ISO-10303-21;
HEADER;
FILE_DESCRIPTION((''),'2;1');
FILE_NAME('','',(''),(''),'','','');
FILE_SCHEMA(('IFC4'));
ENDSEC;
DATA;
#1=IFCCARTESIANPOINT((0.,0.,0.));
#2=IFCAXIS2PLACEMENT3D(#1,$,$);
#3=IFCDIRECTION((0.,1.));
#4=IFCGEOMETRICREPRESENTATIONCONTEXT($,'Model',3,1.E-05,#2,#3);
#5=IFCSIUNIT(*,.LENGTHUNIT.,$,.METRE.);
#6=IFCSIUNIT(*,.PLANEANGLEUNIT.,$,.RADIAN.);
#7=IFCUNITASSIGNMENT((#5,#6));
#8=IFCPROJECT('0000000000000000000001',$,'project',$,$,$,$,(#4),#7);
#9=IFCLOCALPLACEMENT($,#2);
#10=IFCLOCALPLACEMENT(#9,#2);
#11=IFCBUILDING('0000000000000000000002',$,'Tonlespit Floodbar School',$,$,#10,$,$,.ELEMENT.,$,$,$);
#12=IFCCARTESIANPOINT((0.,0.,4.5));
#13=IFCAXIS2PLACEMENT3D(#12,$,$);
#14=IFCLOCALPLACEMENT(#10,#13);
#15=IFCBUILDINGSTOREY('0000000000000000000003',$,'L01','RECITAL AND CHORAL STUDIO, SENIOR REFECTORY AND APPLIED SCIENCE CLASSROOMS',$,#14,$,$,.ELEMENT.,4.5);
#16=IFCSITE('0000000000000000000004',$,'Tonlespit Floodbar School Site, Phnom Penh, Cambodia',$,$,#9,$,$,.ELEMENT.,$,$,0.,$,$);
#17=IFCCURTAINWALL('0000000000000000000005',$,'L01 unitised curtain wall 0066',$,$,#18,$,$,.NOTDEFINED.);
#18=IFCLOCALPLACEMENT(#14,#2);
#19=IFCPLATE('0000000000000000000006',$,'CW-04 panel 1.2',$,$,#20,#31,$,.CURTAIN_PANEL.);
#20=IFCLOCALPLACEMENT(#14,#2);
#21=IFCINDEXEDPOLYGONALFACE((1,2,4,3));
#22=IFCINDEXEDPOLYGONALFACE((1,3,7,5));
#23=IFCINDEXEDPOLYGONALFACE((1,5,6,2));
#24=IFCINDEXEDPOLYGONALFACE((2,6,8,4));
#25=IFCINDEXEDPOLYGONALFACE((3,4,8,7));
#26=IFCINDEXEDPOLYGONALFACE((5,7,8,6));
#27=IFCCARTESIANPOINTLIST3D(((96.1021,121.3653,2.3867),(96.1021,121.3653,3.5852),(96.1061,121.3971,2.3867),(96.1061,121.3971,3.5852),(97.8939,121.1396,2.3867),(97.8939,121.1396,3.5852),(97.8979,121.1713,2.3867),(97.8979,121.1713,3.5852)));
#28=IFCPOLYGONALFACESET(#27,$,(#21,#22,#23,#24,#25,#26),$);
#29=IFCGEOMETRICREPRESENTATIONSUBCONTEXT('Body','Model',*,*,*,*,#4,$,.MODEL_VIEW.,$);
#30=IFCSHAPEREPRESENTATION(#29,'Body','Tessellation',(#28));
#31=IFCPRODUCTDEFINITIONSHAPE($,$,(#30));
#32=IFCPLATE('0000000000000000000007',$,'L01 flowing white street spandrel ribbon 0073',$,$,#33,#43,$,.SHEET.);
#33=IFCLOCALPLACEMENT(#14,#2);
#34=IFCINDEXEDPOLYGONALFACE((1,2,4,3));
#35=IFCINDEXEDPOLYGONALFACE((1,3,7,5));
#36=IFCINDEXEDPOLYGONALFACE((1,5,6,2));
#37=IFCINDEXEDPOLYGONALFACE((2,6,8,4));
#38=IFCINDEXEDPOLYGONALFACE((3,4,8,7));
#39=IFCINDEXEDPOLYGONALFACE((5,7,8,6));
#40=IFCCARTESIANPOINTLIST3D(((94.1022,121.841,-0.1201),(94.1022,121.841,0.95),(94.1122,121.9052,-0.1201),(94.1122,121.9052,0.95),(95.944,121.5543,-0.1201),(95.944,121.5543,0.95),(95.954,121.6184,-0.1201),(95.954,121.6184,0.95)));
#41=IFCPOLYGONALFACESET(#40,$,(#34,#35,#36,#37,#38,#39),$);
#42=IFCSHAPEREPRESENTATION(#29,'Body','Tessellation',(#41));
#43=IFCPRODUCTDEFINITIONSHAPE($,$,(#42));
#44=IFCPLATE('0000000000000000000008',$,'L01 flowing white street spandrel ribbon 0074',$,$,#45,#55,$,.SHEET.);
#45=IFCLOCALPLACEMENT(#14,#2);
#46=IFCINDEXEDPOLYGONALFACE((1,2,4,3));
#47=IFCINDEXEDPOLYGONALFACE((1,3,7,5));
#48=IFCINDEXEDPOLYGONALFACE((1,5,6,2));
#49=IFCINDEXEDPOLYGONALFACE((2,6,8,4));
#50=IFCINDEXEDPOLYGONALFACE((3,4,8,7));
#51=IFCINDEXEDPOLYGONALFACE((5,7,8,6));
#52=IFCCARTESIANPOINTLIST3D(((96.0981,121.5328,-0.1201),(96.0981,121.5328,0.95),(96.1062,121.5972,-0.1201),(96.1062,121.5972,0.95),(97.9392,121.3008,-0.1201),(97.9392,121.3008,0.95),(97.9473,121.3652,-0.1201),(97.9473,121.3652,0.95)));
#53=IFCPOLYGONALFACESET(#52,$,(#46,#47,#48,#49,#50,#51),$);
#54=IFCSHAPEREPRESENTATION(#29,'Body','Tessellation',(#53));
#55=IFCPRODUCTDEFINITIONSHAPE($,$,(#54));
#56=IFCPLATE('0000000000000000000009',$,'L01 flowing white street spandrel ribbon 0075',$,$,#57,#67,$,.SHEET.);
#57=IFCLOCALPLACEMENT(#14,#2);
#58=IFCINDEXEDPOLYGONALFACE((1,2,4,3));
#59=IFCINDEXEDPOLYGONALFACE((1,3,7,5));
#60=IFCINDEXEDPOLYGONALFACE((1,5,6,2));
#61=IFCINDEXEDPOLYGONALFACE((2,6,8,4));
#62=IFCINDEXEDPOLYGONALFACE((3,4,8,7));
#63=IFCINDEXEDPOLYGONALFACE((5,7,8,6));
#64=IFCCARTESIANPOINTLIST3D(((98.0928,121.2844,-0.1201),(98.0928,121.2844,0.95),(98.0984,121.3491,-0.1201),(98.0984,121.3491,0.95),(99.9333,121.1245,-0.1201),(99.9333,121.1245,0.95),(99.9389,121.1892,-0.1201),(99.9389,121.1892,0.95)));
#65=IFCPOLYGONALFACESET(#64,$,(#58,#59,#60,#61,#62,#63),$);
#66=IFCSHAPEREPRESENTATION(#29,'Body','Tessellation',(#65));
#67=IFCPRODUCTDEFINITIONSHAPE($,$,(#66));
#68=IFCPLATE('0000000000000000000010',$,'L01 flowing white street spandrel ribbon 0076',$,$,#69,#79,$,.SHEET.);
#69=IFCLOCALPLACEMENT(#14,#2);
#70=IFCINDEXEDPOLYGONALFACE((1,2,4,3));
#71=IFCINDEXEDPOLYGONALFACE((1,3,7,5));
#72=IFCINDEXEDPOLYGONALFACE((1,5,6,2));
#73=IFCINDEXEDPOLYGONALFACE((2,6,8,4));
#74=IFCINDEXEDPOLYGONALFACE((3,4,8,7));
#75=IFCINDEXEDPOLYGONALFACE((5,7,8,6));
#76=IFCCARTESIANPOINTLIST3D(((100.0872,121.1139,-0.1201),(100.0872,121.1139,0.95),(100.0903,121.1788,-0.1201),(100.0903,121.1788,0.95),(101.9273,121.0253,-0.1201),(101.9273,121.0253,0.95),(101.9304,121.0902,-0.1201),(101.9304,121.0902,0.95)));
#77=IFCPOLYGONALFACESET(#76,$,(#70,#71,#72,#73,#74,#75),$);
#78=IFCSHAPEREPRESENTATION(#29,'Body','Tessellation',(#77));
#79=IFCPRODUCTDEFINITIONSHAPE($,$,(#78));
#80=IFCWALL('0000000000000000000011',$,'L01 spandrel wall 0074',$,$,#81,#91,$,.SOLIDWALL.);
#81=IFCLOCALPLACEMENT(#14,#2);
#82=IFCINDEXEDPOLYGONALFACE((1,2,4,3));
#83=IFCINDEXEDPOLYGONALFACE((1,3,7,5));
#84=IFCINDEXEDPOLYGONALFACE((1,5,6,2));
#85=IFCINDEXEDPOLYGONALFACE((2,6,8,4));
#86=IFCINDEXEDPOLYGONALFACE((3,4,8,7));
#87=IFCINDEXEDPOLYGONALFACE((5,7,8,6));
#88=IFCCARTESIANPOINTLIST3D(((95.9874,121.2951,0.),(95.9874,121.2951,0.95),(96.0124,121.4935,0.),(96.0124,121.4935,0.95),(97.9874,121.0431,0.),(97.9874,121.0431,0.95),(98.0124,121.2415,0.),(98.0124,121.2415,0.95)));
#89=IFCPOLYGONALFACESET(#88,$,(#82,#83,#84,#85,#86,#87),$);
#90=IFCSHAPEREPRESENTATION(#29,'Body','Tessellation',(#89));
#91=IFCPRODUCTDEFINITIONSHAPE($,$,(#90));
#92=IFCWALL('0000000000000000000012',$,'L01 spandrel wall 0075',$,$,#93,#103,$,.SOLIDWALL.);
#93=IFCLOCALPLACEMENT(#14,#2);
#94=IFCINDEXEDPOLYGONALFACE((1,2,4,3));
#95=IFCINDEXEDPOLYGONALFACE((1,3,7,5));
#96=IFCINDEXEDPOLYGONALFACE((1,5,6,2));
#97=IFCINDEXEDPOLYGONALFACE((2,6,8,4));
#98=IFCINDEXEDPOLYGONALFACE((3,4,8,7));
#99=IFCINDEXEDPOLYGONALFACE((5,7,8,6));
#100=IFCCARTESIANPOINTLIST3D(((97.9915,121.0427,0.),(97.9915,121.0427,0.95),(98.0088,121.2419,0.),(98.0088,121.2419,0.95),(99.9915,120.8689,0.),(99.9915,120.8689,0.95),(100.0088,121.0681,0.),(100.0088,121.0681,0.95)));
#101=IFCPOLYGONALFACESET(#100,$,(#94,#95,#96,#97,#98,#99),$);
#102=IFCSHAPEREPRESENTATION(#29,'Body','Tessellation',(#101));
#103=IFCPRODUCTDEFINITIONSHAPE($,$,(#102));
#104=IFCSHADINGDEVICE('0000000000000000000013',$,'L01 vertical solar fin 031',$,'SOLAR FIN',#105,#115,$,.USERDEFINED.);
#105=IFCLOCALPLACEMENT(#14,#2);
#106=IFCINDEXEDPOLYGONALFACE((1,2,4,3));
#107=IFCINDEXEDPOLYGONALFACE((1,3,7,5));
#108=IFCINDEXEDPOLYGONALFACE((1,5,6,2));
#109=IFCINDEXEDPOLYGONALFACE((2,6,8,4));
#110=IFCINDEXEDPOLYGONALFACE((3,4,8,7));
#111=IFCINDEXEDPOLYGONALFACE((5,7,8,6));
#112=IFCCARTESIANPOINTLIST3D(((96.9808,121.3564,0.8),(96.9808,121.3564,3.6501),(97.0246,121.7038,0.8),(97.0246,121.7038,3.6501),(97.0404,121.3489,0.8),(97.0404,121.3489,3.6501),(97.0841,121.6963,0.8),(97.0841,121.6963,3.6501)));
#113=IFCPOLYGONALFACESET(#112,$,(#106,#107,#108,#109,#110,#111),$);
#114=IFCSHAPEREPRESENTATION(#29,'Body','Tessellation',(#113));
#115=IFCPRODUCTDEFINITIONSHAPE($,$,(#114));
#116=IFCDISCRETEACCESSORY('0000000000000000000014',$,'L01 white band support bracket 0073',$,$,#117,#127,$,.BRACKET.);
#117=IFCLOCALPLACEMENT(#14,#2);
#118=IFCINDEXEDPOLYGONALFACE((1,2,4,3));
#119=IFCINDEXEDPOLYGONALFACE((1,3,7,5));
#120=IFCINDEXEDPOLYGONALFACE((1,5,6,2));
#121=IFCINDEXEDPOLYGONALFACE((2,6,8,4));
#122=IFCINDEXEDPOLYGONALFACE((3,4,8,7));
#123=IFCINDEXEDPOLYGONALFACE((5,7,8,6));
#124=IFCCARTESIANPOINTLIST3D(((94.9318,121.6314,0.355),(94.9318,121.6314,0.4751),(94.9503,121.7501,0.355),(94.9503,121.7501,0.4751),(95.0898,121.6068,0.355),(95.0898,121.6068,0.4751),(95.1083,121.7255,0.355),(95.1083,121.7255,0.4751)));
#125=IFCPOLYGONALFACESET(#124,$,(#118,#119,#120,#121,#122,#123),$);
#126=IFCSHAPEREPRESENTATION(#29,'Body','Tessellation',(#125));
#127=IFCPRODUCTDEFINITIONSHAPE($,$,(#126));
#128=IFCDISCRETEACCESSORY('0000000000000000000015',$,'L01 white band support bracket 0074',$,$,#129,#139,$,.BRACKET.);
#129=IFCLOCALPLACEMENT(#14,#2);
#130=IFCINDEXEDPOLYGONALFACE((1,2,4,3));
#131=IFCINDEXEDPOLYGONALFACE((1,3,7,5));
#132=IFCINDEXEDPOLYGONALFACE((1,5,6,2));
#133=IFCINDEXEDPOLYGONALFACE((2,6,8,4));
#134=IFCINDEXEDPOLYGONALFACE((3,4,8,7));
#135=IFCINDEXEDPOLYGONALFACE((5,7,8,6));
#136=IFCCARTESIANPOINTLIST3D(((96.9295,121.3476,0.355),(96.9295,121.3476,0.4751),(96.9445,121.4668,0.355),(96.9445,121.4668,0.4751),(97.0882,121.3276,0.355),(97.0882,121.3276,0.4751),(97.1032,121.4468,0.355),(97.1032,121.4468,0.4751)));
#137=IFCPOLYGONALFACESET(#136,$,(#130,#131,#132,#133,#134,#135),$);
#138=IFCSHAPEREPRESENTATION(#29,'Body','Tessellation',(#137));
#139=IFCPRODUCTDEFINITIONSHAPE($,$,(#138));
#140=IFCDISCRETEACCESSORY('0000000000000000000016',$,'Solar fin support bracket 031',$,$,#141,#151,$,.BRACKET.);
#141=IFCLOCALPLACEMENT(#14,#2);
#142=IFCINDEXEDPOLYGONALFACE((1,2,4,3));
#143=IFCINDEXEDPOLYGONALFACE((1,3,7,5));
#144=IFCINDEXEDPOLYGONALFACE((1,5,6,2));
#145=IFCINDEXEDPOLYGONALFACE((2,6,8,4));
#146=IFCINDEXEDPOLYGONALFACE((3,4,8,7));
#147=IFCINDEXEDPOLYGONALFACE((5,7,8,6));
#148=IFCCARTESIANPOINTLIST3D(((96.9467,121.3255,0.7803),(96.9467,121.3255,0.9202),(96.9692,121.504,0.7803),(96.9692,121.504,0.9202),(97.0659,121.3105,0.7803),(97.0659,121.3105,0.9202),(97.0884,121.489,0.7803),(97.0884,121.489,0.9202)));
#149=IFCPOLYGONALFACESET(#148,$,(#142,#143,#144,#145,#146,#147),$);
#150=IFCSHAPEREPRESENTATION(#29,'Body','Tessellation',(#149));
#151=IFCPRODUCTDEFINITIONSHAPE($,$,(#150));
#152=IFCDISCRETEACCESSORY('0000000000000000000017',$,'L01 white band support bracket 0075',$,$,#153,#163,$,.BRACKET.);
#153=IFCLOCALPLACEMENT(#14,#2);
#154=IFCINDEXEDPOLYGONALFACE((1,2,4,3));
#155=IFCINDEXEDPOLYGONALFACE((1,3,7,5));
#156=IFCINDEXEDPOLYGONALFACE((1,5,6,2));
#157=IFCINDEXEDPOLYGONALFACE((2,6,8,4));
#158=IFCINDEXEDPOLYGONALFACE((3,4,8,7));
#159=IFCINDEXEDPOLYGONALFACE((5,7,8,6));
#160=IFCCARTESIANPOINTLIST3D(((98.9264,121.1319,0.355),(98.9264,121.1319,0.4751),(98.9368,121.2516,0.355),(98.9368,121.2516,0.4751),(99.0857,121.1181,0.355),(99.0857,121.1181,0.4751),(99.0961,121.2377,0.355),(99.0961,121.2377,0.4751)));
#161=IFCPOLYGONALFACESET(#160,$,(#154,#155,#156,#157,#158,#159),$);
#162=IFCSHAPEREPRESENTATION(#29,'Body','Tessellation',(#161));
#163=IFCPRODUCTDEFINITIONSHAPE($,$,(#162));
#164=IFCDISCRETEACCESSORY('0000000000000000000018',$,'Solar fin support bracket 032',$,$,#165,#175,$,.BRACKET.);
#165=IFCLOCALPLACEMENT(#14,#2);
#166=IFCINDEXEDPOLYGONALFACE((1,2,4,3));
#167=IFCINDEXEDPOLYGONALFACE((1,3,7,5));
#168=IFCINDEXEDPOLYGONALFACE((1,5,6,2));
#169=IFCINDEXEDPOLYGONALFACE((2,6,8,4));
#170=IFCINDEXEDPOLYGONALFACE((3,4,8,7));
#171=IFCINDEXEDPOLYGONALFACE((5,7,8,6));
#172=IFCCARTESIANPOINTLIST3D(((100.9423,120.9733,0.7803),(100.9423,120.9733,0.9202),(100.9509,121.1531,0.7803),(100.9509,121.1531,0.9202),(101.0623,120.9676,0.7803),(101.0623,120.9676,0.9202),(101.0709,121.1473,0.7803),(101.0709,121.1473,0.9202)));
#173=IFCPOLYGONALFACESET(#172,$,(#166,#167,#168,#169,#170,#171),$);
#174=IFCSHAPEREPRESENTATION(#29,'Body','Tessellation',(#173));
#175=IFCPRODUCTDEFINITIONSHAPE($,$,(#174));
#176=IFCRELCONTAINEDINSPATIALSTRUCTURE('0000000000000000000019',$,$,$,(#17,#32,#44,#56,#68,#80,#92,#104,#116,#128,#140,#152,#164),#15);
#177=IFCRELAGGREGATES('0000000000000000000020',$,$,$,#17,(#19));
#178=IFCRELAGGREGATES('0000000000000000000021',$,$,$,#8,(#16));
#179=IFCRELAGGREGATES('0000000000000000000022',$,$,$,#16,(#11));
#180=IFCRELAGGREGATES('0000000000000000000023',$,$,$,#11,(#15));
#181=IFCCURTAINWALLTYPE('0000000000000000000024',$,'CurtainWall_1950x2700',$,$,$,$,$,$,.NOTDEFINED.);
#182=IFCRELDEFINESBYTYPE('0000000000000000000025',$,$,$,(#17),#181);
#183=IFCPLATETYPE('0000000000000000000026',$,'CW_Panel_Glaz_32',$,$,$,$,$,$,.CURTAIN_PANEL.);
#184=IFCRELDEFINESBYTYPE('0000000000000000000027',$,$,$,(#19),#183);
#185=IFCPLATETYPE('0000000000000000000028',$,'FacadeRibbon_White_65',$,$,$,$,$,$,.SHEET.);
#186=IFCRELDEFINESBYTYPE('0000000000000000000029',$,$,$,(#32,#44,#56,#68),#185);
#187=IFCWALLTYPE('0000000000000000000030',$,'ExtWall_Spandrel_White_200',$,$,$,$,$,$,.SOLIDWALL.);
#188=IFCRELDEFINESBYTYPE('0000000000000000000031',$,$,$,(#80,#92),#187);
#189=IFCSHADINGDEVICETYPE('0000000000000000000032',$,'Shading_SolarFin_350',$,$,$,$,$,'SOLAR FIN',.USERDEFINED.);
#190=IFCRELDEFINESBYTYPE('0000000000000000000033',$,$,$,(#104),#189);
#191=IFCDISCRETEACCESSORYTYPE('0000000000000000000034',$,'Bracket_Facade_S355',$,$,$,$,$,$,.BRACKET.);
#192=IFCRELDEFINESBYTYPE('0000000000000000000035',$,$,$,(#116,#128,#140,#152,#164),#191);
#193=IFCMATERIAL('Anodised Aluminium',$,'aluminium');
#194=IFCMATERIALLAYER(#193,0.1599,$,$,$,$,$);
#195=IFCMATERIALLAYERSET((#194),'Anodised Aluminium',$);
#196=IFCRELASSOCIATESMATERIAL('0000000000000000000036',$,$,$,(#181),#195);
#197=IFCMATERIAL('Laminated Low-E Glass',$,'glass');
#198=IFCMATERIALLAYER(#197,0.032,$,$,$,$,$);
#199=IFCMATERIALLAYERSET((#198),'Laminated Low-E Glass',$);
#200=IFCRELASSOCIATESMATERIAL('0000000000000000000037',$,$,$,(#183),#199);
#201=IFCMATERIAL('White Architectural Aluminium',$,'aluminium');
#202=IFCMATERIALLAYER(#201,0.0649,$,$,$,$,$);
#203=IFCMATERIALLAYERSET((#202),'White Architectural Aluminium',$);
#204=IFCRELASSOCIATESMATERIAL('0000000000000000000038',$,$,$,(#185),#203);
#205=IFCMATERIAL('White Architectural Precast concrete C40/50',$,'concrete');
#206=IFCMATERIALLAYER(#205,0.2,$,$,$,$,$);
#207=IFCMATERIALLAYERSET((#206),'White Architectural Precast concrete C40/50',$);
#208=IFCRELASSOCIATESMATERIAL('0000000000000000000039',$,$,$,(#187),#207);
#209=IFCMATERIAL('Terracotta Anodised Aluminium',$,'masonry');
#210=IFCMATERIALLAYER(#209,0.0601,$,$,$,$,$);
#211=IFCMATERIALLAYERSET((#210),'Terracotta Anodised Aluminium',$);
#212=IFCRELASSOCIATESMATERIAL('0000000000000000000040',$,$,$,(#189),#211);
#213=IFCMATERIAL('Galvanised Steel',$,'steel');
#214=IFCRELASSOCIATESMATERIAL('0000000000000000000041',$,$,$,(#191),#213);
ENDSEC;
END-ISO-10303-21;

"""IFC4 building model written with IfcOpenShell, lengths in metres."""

from ifc_helpers import new_model, si_unit, direction, frame, frame_2d, origin, origin_2d, place, context, subcontext, project, spatial, rectangle, extrude, material, layer, layer_set, type_object, element, aggregate, save


model = new_model("IFC4")

# Units and contexts
model_context = context("Model", 3, precision=1e-05, world=origin(), true_north=direction((0.0, 1.0)))
body_context = subcontext(model_context, "Body", "Model", "MODEL_VIEW")
ifc_project = project(units=[si_unit("LENGTHUNIT", "METRE"), si_unit("PLANEANGLEUNIT", "RADIAN")], contexts=[model_context])

# Site, building, storey
site_placement = place(None, origin())
site = spatial("IfcSite", under=ifc_project, at=site_placement, Name="Tonlespit Floodbar School Site, Phnom Penh, Cambodia", CompositionType="ELEMENT", RefElevation=0.0)
building_placement = place(site_placement, origin())
building = spatial("IfcBuilding", under=site, at=building_placement, Name="Tonlespit Floodbar School", CompositionType="ELEMENT")
storey_placement = place(building_placement, frame((0.0, 0.0, 4.5)))
storey = spatial("IfcBuildingStorey", under=building, at=storey_placement, Name="L01", Description="RECITAL AND CHORAL STUDIO, SENIOR REFECTORY AND APPLIED SCIENCE CLASSROOMS", CompositionType="ELEMENT", Elevation=4.5)

# Curtain wall
ifc_material_1 = material(Name="Anodised Aluminium", Category="aluminium")
ifc_layer_1 = layer(ifc_material_1, 0.1599)
ifc_layer_set_1 = layer_set([ifc_layer_1], Name="Anodised Aluminium")
curtain_wall_type = type_object("IfcCurtainWallType", Name="CurtainWall_1950x2700", PredefinedType="NOTDEFINED", material=ifc_layer_set_1)
curtain_wall_1_placement = place(storey_placement, origin())
curtain_wall_1 = element("IfcCurtainWall", 1, at=curtain_wall_1_placement, inside=storey, type_object=curtain_wall_type, Name="L01 unitised curtain wall 0066", PredefinedType="NOTDEFINED")

# Plate
ifc_material_2 = material(Name="Laminated Low-E Glass", Category="glass")
ifc_layer_2 = layer(ifc_material_2, 0.032)
ifc_layer_set_2 = layer_set([ifc_layer_2], Name="Laminated Low-E Glass")
plate_type_1 = type_object("IfcPlateType", Name="CW_Panel_Glaz_32", PredefinedType="CURTAIN_PANEL", material=ifc_layer_set_2)
plate_1_placement = place(storey_placement, frame((97.0, 121.2683, 2.3867), z_axis=(0.0, 0.0, 1.0), x_axis=(0.992155, -0.125014, 0.0)))
plate_1 = element("IfcPlate", 2, at=plate_1_placement, type_object=plate_type_1, Name="CW-04 panel 1.2", PredefinedType="CURTAIN_PANEL", context=body_context, shape_type="SweptSolid", body=[
    extrude(rectangle(XDim=1.8059, YDim=0.032, at=origin_2d()), origin(), (0.0, 0.0, 1.0), 1.1985),
])
aggregate(curtain_wall_1, [plate_1])

# Plates
ifc_material_3 = material(Name="White Architectural Aluminium", Category="aluminium")
ifc_layer_3 = layer(ifc_material_3, 0.0649)
ifc_layer_set_3 = layer_set([ifc_layer_3], Name="White Architectural Aluminium")
plate_type_2 = type_object("IfcPlateType", Name="FacadeRibbon_White_65", PredefinedType="SHEET", material=ifc_layer_set_3)
plate_2_placement = place(storey_placement, frame((95.0281, 121.7297, -0.1201), z_axis=(0.0, 0.0, 1.0), x_axis=(0.988095, -0.153846, 0.0)))
element("IfcPlate", 3, at=plate_2_placement, inside=storey, type_object=plate_type_2, Name="L01 flowing white street spandrel ribbon 0073", PredefinedType="SHEET", context=body_context, shape_type="SweptSolid", body=[
    extrude(rectangle(XDim=1.864, YDim=0.0649, at=origin_2d()), origin(), (0.0, 0.0, 1.0), 1.0701),
])
plate_3_placement = place(storey_placement, frame((97.0227, 121.449, -0.1201), z_axis=(0.0, 0.0, 1.0), x_axis=(0.992155, -0.125011, 0.0)))
element("IfcPlate", 4, at=plate_3_placement, inside=storey, type_object=plate_type_2, Name="L01 flowing white street spandrel ribbon 0074", PredefinedType="SHEET", context=body_context, shape_type="SweptSolid", body=[
    extrude(rectangle(XDim=1.8557, YDim=0.0649, at=origin_2d()), origin(), (0.0, 0.0, 1.0), 1.0701),
])
plate_4_placement = place(storey_placement, frame((99.0159, 121.2368, -0.1201), z_axis=(0.0, 0.0, 1.0), x_axis=(0.996245, -0.086573, 0.0)))
element("IfcPlate", 5, at=plate_4_placement, inside=storey, type_object=plate_type_2, Name="L01 flowing white street spandrel ribbon 0075", PredefinedType="SHEET", context=body_context, shape_type="SweptSolid", body=[
    extrude(rectangle(XDim=1.8474, YDim=0.0649, at=origin_2d()), origin(), (0.0, 0.0, 1.0), 1.0701),
])
plate_5_placement = place(storey_placement, frame((101.0088, 121.1021, -0.1201), z_axis=(0.0, 0.0, 1.0), x_axis=(0.998843, -0.048095, 0.0)))
element("IfcPlate", 6, at=plate_5_placement, inside=storey, type_object=plate_type_2, Name="L01 flowing white street spandrel ribbon 0076", PredefinedType="SHEET", context=body_context, shape_type="SweptSolid", body=[
    extrude(rectangle(XDim=1.8423, YDim=0.0649, at=origin_2d()), origin(), (0.0, 0.0, 1.0), 1.0701),
])

# Walls
ifc_material_4 = material(Name="White Architectural Precast concrete C40/50", Category="concrete")
ifc_layer_4 = layer(ifc_material_4, 0.2)
ifc_layer_set_4 = layer_set([ifc_layer_4], Name="White Architectural Precast concrete C40/50")
wall_type = type_object("IfcWallType", Name="ExtWall_Spandrel_White_200", PredefinedType="SOLIDWALL", material=ifc_layer_set_4)
wall_1_placement = place(storey_placement, frame((96.0, 121.3943, 0.0), z_axis=(0.0, 0.0, 1.0), x_axis=(0.992158, -0.124989, 0.0)))
element("IfcWall", 7, at=wall_1_placement, inside=storey, type_object=wall_type, Name="L01 spandrel wall 0074", PredefinedType="SOLIDWALL", context=body_context, shape_type="SweptSolid", body=[
    extrude(rectangle(XDim=2.0159, YDim=0.2, at=frame_2d((1.0078, 0.0))), origin(), (0.0, 0.0, 1.0), 0.95),
])
wall_2_placement = place(storey_placement, frame((98.0, 121.1423, 0.0), z_axis=(0.0, 0.0, 1.0), x_axis=(0.996244, -0.086588, 0.0)))
element("IfcWall", 8, at=wall_2_placement, inside=storey, type_object=wall_type, Name="L01 spandrel wall 0075", PredefinedType="SOLIDWALL", context=body_context, shape_type="SweptSolid", body=[
    extrude(rectangle(XDim=2.0076, YDim=0.2, at=frame_2d((1.0039, 0.0))), origin(), (0.0, 0.0, 1.0), 0.95),
])

# Shading device
ifc_material_5 = material(Name="Terracotta Anodised Aluminium", Category="masonry")
ifc_layer_5 = layer(ifc_material_5, 0.0601)
ifc_layer_set_5 = layer_set([ifc_layer_5], Name="Terracotta Anodised Aluminium")
shading_device_type = type_object("IfcShadingDeviceType", Name="Shading_SolarFin_350", ElementType="SOLAR FIN", PredefinedType="USERDEFINED", material=ifc_layer_set_5)
shading_device_placement = place(storey_placement, frame((97.0325, 121.5264, 0.8), z_axis=(0.0, 0.0, 1.0), x_axis=(0.992155, -0.125011, 0.0)))
element("IfcShadingDevice", 9, at=shading_device_placement, inside=storey, type_object=shading_device_type, Name="L01 vertical solar fin 031", ObjectType="SOLAR FIN", PredefinedType="USERDEFINED", context=body_context, shape_type="SweptSolid", body=[
    extrude(rectangle(XDim=0.0601, YDim=0.3501, at=origin_2d()), origin(), (0.0, 0.0, 1.0), 2.8501),
])

# Discrete accessories
ifc_material_6 = material(Name="Galvanised Steel", Category="steel")
discrete_accessory_type = type_object("IfcDiscreteAccessoryType", Name="Bracket_Facade_S355", PredefinedType="BRACKET", material=ifc_material_6)
for number, where, z_axis, x_axis, name in (
    (10, (95.02, 121.6785, 0.355), (0.0, 0.0, 1.0), (0.988095, -0.153846, 0.0), "L01 white band support bracket 0073"),
    (11, (97.0164, 121.3972, 0.355), (0.0, 0.0, 1.0), (0.992155, -0.125011, 0.0), "L01 white band support bracket 0074"),
):
    element("IfcDiscreteAccessory", number, at=place(storey_placement, frame(where, z_axis=z_axis, x_axis=x_axis)), inside=storey, type_object=discrete_accessory_type, Name=name, PredefinedType="BRACKET", context=body_context, shape_type="SweptSolid", body=[
        extrude(rectangle(XDim=0.1599, YDim=0.1201, at=origin_2d()), origin(), (0.0, 0.0, 1.0), 0.1201),
    ])
discrete_accessory_1_placement = place(storey_placement, frame((97.0176, 121.4072, 0.7803), z_axis=(0.0, 0.0, 1.0), x_axis=(0.992155, -0.125011, 0.0)))
element("IfcDiscreteAccessory", 12, at=discrete_accessory_1_placement, inside=storey, type_object=discrete_accessory_type, Name="Solar fin support bracket 031", PredefinedType="BRACKET", context=body_context, shape_type="SweptSolid", body=[
    extrude(rectangle(XDim=0.1201, YDim=0.1799, at=origin_2d()), origin(), (0.0, 0.0, 1.0), 0.1399),
])
discrete_accessory_2_placement = place(storey_placement, frame((99.0112, 121.1848, 0.355), z_axis=(0.0, 0.0, 1.0), x_axis=(0.996245, -0.086573, 0.0)))
element("IfcDiscreteAccessory", 13, at=discrete_accessory_2_placement, inside=storey, type_object=discrete_accessory_type, Name="L01 white band support bracket 0075", PredefinedType="BRACKET", context=body_context, shape_type="SweptSolid", body=[
    extrude(rectangle(XDim=0.1599, YDim=0.1201, at=origin_2d()), origin(), (0.0, 0.0, 1.0), 0.1201),
])
discrete_accessory_3_placement = place(storey_placement, frame((101.0066, 121.0603, 0.7803), z_axis=(0.0, 0.0, 1.0), x_axis=(0.998843, -0.048095, 0.0)))
element("IfcDiscreteAccessory", 14, at=discrete_accessory_3_placement, inside=storey, type_object=discrete_accessory_type, Name="Solar fin support bracket 032", PredefinedType="BRACKET", context=body_context, shape_type="SweptSolid", body=[
    extrude(rectangle(XDim=0.1201, YDim=0.1799, at=origin_2d()), origin(), (0.0, 0.0, 1.0), 0.1399),
])

save(model, "model.ifc")
